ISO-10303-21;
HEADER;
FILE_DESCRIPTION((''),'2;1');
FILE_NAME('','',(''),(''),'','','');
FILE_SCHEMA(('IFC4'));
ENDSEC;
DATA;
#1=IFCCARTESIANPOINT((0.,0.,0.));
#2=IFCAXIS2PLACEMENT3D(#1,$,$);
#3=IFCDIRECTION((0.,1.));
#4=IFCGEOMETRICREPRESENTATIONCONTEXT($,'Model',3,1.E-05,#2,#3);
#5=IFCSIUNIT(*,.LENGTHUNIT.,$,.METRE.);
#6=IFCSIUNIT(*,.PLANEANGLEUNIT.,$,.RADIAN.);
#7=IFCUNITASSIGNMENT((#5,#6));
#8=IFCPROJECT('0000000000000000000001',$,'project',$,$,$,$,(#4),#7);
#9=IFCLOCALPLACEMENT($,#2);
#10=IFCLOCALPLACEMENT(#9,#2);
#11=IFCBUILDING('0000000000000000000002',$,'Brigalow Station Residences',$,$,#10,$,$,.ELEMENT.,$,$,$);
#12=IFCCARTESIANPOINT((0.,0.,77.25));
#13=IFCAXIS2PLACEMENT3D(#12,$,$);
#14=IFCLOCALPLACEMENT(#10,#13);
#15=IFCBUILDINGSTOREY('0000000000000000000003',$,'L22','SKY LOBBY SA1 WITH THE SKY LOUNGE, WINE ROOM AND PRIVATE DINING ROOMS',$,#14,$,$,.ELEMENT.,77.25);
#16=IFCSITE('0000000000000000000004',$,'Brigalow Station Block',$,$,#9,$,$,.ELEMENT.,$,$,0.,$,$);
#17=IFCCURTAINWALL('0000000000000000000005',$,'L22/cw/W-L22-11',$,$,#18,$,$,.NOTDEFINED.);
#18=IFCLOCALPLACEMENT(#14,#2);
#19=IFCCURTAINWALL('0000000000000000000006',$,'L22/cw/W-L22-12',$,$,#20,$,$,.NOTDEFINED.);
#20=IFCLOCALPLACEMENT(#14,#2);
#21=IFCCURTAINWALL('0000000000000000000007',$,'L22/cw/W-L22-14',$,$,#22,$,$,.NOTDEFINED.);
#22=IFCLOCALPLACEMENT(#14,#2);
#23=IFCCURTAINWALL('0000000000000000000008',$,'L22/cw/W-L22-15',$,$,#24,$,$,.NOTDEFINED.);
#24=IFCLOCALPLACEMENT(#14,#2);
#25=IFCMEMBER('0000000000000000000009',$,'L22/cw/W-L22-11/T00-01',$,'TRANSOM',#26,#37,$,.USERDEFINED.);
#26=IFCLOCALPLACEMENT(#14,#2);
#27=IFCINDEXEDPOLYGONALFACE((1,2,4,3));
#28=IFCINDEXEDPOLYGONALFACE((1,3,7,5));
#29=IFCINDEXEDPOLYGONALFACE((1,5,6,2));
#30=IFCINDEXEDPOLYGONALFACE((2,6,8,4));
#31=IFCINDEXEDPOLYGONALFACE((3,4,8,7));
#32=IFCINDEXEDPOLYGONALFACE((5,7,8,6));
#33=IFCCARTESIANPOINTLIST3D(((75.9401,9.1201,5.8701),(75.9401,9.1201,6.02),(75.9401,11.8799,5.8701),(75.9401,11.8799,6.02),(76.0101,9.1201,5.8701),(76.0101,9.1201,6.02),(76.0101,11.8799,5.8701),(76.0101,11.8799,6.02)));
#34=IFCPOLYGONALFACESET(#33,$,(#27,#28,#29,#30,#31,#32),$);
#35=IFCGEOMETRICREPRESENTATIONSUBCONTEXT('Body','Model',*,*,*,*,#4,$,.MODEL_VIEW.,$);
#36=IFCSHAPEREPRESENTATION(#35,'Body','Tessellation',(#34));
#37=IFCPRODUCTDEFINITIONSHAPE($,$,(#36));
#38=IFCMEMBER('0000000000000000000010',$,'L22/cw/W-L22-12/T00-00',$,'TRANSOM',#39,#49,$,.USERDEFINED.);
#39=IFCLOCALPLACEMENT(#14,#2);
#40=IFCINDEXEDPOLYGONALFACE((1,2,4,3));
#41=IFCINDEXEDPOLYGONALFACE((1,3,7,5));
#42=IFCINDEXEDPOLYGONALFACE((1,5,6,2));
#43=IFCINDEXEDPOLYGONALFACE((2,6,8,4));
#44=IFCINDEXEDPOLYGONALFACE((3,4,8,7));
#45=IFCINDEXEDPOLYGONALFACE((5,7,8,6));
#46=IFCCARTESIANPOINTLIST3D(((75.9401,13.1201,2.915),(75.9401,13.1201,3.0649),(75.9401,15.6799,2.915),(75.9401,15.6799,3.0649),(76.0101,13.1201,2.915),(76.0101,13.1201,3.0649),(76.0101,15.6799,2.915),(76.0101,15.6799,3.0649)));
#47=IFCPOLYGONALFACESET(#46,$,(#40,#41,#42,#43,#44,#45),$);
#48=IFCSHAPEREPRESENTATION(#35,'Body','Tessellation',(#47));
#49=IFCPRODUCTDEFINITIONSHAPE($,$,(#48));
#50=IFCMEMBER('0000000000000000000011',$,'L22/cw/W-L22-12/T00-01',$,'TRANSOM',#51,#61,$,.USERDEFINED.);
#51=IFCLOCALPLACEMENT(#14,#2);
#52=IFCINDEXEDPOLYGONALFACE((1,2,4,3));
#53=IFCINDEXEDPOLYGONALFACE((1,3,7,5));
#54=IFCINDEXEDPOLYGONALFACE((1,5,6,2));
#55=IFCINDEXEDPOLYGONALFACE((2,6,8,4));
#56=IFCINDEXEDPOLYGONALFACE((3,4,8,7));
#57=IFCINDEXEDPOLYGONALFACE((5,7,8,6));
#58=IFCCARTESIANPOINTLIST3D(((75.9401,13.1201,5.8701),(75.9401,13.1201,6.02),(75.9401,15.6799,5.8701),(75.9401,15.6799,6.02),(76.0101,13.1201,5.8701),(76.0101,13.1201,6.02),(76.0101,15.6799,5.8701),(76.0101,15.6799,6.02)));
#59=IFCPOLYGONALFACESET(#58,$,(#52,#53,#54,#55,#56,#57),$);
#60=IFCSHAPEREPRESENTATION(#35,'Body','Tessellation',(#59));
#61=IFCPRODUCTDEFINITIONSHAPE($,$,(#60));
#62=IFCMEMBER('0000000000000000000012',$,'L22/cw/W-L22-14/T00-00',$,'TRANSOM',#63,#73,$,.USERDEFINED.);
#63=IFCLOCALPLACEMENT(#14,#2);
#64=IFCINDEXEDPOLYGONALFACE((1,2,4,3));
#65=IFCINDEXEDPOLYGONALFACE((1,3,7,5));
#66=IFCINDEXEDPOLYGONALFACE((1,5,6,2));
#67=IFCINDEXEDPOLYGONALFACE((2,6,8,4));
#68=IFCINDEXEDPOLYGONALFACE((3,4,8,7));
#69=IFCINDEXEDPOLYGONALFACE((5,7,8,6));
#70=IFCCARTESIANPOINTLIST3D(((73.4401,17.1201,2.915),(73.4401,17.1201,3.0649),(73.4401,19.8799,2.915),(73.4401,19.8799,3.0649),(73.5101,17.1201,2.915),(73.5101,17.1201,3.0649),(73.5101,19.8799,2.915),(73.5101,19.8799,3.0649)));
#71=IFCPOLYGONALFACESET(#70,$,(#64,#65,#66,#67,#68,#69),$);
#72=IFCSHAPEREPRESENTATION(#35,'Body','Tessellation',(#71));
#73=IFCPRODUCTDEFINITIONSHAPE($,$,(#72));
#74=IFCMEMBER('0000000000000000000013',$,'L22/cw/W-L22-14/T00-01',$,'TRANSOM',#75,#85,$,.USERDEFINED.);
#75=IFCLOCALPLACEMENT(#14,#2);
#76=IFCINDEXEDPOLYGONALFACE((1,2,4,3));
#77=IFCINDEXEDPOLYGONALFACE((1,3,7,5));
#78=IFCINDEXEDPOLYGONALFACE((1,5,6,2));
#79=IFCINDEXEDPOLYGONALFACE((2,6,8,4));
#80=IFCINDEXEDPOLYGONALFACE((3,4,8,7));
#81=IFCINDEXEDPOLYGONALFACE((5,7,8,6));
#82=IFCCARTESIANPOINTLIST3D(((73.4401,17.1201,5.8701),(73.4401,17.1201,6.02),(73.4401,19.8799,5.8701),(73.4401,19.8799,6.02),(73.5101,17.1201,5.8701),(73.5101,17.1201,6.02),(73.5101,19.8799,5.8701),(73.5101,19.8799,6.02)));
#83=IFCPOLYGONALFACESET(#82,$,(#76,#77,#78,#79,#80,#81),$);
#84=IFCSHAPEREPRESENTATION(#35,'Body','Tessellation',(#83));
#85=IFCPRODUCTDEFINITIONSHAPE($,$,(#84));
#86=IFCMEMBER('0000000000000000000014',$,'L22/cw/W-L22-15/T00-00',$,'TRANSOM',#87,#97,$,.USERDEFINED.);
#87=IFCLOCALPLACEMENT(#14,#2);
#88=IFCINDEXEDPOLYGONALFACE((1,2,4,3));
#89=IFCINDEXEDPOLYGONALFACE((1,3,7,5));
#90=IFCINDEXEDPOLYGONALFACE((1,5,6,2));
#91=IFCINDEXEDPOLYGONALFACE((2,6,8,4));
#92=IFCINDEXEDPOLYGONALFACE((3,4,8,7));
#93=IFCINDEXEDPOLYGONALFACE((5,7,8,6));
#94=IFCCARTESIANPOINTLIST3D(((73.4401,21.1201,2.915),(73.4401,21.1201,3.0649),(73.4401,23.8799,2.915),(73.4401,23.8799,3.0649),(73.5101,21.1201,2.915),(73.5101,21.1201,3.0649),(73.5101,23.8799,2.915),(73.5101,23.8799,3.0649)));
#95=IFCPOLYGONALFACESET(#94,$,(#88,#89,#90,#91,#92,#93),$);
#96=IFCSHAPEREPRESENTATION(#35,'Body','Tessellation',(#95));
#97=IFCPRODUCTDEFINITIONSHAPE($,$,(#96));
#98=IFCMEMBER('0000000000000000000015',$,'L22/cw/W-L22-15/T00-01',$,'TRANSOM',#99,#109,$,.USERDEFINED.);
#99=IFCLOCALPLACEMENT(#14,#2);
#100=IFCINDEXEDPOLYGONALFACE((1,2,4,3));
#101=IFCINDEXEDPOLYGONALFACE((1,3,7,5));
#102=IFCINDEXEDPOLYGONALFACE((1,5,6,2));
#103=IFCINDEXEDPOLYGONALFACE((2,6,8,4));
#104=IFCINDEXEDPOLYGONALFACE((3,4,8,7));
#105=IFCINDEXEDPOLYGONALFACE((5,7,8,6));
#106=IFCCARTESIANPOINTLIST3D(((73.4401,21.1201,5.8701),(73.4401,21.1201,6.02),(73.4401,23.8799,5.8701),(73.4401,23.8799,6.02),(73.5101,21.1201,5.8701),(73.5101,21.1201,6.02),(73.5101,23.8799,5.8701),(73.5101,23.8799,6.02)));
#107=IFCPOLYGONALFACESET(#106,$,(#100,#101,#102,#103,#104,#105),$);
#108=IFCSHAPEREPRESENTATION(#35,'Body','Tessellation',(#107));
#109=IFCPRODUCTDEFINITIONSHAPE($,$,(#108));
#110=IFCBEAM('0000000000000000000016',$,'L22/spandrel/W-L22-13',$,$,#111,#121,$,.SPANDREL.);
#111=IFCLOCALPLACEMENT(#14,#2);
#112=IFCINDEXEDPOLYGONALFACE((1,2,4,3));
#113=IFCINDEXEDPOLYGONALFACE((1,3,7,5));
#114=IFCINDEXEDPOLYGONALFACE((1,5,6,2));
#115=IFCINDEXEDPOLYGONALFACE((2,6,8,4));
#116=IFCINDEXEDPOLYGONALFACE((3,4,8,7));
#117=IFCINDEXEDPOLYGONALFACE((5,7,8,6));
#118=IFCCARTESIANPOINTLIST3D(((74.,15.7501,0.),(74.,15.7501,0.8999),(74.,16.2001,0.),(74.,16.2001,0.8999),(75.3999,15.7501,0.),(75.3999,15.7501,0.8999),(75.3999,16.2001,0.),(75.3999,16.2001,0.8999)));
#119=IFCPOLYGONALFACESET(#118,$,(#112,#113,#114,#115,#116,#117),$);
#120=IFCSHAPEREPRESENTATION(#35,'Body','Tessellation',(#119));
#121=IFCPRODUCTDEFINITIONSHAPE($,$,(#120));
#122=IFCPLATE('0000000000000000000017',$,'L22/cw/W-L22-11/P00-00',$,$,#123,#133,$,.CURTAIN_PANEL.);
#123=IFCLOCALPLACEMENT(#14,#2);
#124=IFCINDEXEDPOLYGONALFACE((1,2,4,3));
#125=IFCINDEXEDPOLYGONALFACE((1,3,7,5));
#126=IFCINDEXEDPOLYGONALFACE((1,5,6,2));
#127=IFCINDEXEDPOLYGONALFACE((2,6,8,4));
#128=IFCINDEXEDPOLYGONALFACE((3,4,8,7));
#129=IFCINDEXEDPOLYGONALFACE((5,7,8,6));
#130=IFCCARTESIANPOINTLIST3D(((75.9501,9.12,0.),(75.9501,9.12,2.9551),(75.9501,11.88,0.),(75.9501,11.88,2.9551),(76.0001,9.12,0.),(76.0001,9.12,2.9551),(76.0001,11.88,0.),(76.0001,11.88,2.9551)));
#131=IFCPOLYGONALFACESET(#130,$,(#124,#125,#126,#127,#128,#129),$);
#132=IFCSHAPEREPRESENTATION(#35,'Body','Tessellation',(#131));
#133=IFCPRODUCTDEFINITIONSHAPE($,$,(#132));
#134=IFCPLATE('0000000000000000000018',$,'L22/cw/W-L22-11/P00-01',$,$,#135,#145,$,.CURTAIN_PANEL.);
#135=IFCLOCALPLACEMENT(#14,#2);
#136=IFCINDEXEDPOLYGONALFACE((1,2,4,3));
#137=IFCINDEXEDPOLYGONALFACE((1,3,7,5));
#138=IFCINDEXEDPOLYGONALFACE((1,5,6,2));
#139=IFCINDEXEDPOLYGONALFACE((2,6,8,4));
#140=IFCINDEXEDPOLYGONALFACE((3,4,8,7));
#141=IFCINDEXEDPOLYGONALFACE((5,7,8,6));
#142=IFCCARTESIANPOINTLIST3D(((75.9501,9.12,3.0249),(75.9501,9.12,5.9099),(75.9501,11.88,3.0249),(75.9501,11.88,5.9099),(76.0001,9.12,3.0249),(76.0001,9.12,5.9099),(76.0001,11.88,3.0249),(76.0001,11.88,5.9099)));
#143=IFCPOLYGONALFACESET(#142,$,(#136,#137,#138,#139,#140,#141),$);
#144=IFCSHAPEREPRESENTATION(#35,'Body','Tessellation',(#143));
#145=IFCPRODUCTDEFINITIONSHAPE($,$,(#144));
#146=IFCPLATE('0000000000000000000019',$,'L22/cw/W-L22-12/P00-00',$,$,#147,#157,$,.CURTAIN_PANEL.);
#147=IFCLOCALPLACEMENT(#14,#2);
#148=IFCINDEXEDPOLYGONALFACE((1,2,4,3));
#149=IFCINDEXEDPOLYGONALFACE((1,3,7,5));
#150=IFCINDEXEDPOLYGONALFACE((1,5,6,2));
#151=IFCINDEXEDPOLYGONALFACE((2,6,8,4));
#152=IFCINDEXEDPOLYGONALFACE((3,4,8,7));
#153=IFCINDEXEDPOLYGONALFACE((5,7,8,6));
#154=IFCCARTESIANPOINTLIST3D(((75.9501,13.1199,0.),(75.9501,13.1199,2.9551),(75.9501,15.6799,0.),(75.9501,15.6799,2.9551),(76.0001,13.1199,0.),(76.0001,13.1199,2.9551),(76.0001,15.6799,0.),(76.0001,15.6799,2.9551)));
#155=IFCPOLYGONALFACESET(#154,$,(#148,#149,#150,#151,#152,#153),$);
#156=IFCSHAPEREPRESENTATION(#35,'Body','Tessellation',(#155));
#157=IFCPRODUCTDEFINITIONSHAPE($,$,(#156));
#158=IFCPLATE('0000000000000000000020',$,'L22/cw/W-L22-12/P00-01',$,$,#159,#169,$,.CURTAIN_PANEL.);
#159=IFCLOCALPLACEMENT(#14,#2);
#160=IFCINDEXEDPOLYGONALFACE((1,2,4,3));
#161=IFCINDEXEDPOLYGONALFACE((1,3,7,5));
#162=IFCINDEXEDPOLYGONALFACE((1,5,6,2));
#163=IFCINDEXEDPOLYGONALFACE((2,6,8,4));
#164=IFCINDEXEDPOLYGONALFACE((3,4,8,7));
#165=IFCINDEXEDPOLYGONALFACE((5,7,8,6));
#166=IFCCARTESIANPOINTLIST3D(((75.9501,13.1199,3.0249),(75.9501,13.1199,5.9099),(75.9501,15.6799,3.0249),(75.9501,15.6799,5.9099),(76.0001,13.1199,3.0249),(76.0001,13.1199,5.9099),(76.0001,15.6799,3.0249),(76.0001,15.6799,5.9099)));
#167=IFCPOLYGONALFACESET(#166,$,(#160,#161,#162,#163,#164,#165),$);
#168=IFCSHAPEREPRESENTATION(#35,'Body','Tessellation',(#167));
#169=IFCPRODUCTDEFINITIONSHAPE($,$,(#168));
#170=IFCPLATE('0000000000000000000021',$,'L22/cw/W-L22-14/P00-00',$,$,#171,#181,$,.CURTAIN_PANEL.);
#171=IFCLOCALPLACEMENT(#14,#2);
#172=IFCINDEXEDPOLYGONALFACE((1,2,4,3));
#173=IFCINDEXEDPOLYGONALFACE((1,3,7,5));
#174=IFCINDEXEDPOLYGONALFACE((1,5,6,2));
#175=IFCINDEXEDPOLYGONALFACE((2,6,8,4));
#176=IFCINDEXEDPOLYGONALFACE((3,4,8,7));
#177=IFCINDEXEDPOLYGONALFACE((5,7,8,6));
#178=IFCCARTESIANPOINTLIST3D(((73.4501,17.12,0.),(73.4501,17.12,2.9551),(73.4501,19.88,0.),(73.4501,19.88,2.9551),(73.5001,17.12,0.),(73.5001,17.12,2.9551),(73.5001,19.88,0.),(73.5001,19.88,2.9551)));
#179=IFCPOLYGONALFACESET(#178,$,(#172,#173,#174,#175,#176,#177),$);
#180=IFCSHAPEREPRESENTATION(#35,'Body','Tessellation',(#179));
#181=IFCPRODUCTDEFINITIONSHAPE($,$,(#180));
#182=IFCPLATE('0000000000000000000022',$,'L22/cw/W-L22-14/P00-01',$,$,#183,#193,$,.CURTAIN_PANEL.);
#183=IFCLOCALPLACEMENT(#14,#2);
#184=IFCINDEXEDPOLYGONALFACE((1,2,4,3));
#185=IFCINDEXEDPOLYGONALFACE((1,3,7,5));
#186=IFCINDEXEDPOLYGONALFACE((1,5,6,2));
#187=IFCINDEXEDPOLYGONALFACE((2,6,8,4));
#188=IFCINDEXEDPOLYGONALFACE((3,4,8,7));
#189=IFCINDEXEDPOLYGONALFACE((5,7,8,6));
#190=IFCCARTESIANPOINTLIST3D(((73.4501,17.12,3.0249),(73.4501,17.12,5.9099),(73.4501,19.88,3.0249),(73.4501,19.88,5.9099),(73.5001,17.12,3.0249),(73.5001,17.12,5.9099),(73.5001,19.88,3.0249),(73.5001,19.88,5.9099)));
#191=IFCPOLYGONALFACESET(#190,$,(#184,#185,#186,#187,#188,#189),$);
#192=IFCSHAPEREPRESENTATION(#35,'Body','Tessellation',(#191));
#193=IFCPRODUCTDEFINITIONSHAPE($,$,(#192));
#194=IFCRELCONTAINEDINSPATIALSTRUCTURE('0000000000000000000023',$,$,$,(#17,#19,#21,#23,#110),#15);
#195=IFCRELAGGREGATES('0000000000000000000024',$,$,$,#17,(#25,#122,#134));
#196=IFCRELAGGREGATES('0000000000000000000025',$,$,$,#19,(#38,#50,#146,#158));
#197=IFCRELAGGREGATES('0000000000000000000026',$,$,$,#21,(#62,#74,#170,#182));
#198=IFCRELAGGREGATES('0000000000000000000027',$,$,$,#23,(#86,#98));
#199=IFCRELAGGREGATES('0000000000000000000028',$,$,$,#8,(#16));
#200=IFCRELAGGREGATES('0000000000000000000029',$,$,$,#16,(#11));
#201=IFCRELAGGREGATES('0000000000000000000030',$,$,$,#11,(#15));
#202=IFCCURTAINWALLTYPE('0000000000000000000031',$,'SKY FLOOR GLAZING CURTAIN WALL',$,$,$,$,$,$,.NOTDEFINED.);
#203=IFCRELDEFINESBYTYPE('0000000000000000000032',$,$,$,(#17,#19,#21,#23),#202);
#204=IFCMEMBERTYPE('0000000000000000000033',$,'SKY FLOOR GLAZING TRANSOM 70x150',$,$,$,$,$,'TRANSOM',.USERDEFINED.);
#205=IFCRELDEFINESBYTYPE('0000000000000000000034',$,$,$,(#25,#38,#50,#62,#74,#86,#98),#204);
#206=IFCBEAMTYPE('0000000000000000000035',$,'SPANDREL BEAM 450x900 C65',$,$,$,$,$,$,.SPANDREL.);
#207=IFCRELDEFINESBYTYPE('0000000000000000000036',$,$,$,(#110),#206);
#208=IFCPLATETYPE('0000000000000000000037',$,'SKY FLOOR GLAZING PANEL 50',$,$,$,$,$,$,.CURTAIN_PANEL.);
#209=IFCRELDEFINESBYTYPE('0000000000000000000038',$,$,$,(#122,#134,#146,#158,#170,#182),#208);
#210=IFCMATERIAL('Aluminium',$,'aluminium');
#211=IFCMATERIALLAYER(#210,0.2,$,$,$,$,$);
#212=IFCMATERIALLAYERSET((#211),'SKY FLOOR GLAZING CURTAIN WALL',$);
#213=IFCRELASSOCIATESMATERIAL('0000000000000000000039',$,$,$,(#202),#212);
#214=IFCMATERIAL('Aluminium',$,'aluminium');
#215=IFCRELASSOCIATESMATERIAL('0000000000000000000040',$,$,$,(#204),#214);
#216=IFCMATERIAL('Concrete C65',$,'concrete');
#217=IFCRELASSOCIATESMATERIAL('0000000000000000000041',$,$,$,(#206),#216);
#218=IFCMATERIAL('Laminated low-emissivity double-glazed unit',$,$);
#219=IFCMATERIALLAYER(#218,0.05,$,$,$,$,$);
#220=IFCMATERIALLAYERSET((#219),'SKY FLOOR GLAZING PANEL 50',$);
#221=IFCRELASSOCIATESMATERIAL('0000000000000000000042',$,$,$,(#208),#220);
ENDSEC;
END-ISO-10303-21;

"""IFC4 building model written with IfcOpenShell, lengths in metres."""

from ifc_helpers import new_model, si_unit, direction, frame, origin, origin_2d, place, context, subcontext, project, spatial, rectangle, extrude, material, layer, layer_set, material_profile, profile_set, type_object, element, aggregate, save


model = new_model("IFC4")

# Units and contexts
model_context = context("Model", 3, precision=1e-05, world=origin(), true_north=direction((0.0, 1.0)))
body_context = subcontext(model_context, "Body", "Model", "MODEL_VIEW")
ifc_project = project(units=[si_unit("LENGTHUNIT", "METRE"), si_unit("PLANEANGLEUNIT", "RADIAN")], contexts=[model_context])

# Site, building, storey
site_placement = place(None, origin())
site = spatial("IfcSite", under=ifc_project, at=site_placement, Name="Brigalow Station Block", CompositionType="ELEMENT", RefElevation=0.0)
building_placement = place(site_placement, origin())
building = spatial("IfcBuilding", under=site, at=building_placement, Name="Brigalow Station Residences", CompositionType="ELEMENT")
storey_placement = place(building_placement, frame((0.0, 0.0, 77.25)))
storey = spatial("IfcBuildingStorey", under=building, at=storey_placement, Name="L22", Description="SKY LOBBY SA1 WITH THE SKY LOUNGE, WINE ROOM AND PRIVATE DINING ROOMS", CompositionType="ELEMENT", Elevation=77.25)

# Shared definitions
ifc_material_1 = material(Name="Aluminium", Category="aluminium")
ifc_layer_1 = layer(ifc_material_1, 0.2)
ifc_layer_set_1 = layer_set([ifc_layer_1], Name="SKY FLOOR GLAZING CURTAIN WALL")
curtain_wall_type = type_object("IfcCurtainWallType", Name="SKY FLOOR GLAZING CURTAIN WALL", PredefinedType="NOTDEFINED", material=ifc_layer_set_1)

# Curtain walls
curtain_wall_1_placement = place(storey_placement, origin())
curtain_wall_1 = element("IfcCurtainWall", 1, at=curtain_wall_1_placement, inside=storey, type_object=curtain_wall_type, Name="L22/cw/W-L22-11", PredefinedType="NOTDEFINED")
curtain_wall_2_placement = place(storey_placement, origin())
curtain_wall_2 = element("IfcCurtainWall", 2, at=curtain_wall_2_placement, inside=storey, type_object=curtain_wall_type, Name="L22/cw/W-L22-12", PredefinedType="NOTDEFINED")
curtain_wall_3_placement = place(storey_placement, origin())
curtain_wall_3 = element("IfcCurtainWall", 3, at=curtain_wall_3_placement, inside=storey, type_object=curtain_wall_type, Name="L22/cw/W-L22-14", PredefinedType="NOTDEFINED")

# Curtain wall
curtain_wall_4_placement = place(storey_placement, origin())
curtain_wall_4 = element("IfcCurtainWall", 4, at=curtain_wall_4_placement, inside=storey, type_object=curtain_wall_type, Name="L22/cw/W-L22-15", PredefinedType="NOTDEFINED")

# Members
ifc_material_2 = material(Name="Aluminium", Category="aluminium")
ifc_material_profile_1 = material_profile(ifc_material_2, rectangle(XDim=0.0701, YDim=0.1499, at=origin_2d()), Name="SKY FLOOR GLAZING TRANSOM 70x150")
ifc_profile_set_1 = profile_set([ifc_material_profile_1], Name="Aluminium")
member_type_1 = type_object("IfcMemberType", Name="SKY FLOOR GLAZING TRANSOM 70x150", ElementType="TRANSOM", PredefinedType="USERDEFINED", material=ifc_profile_set_1)
member_1_placement = place(storey_placement, frame((75.9751, 9.1201, 5.9451), z_axis=(0.0, 1.0, 0.0), x_axis=(-1.0, 0.0, 0.0)))
member_1 = element("IfcMember", 5, at=member_1_placement, type_object=member_type_1, Name="L22/cw/W-L22-11/T00-01", ObjectType="TRANSOM", PredefinedType="USERDEFINED", context=body_context, shape_type="SweptSolid", body=[
    extrude(rectangle(XDim=0.0701, YDim=0.1499, at=origin_2d()), origin(), (0.0, 0.0, 1.0), 2.7598),
])
member_2_placement = place(storey_placement, frame((75.9751, 13.1201, 2.99), z_axis=(0.0, 1.0, 0.0), x_axis=(-1.0, 0.0, 0.0)))
member_2 = element("IfcMember", 6, at=member_2_placement, type_object=member_type_1, Name="L22/cw/W-L22-12/T00-00", ObjectType="TRANSOM", PredefinedType="USERDEFINED", context=body_context, shape_type="SweptSolid", body=[
    extrude(rectangle(XDim=0.0701, YDim=0.1499, at=origin_2d()), origin(), (0.0, 0.0, 1.0), 2.5598),
])
member_3_placement = place(storey_placement, frame((75.9751, 13.1201, 5.9451), z_axis=(0.0, 1.0, 0.0), x_axis=(-1.0, 0.0, 0.0)))
member_3 = element("IfcMember", 7, at=member_3_placement, type_object=member_type_1, Name="L22/cw/W-L22-12/T00-01", ObjectType="TRANSOM", PredefinedType="USERDEFINED", context=body_context, shape_type="SweptSolid", body=[
    extrude(rectangle(XDim=0.0701, YDim=0.1499, at=origin_2d()), origin(), (0.0, 0.0, 1.0), 2.5598),
])
member_4_placement = place(storey_placement, frame((73.4751, 17.1201, 2.99), z_axis=(0.0, 1.0, 0.0), x_axis=(-1.0, 0.0, 0.0)))
member_4 = element("IfcMember", 8, at=member_4_placement, type_object=member_type_1, Name="L22/cw/W-L22-14/T00-00", ObjectType="TRANSOM", PredefinedType="USERDEFINED", context=body_context, shape_type="SweptSolid", body=[
    extrude(rectangle(XDim=0.0701, YDim=0.1499, at=origin_2d()), origin(), (0.0, 0.0, 1.0), 2.7598),
])
member_5_placement = place(storey_placement, frame((73.4751, 17.1201, 5.9451), z_axis=(0.0, 1.0, 0.0), x_axis=(-1.0, 0.0, 0.0)))
member_5 = element("IfcMember", 9, at=member_5_placement, type_object=member_type_1, Name="L22/cw/W-L22-14/T00-01", ObjectType="TRANSOM", PredefinedType="USERDEFINED", context=body_context, shape_type="SweptSolid", body=[
    extrude(rectangle(XDim=0.0701, YDim=0.1499, at=origin_2d()), origin(), (0.0, 0.0, 1.0), 2.7598),
])
member_6_placement = place(storey_placement, frame((73.4751, 21.1201, 2.99), z_axis=(0.0, 1.0, 0.0), x_axis=(-1.0, 0.0, 0.0)))
member_6 = element("IfcMember", 10, at=member_6_placement, type_object=member_type_1, Name="L22/cw/W-L22-15/T00-00", ObjectType="TRANSOM", PredefinedType="USERDEFINED", context=body_context, shape_type="SweptSolid", body=[
    extrude(rectangle(XDim=0.0701, YDim=0.1499, at=origin_2d()), origin(), (0.0, 0.0, 1.0), 2.7598),
])
member_7_placement = place(storey_placement, frame((73.4751, 21.1201, 5.9451), z_axis=(0.0, 1.0, 0.0), x_axis=(-1.0, 0.0, 0.0)))
member_7 = element("IfcMember", 11, at=member_7_placement, type_object=member_type_1, Name="L22/cw/W-L22-15/T00-01", ObjectType="TRANSOM", PredefinedType="USERDEFINED", context=body_context, shape_type="SweptSolid", body=[
    extrude(rectangle(XDim=0.0701, YDim=0.1499, at=origin_2d()), origin(), (0.0, 0.0, 1.0), 2.7598),
])

# Beam
ifc_material_3 = material(Name="Concrete C65", Category="concrete")
ifc_material_profile_2 = material_profile(ifc_material_3, rectangle(XDim=0.45, YDim=0.8999, at=origin_2d()), Name="RC450x900")
ifc_profile_set_2 = profile_set([ifc_material_profile_2], Name="Concrete C65")
beam_type = type_object("IfcBeamType", Name="SPANDREL BEAM 450x900 C65", PredefinedType="SPANDREL", material=ifc_profile_set_2)
beam_placement = place(storey_placement, frame((75.3999, 15.9751, 0.45), z_axis=(-1.0, 0.0, 0.0), x_axis=(0.0, -1.0, 0.0)))
element("IfcBeam", 12, at=beam_placement, inside=storey, type_object=beam_type, Name="L22/spandrel/W-L22-13", PredefinedType="SPANDREL", context=body_context, shape_type="SweptSolid", body=[
    extrude(rectangle(XDim=0.45, YDim=0.8999, at=origin_2d()), origin(), (0.0, 0.0, 1.0), 1.3999),
])

# Plates
ifc_material_4 = material(Name="Laminated low-emissivity double-glazed unit")
ifc_layer_2 = layer(ifc_material_4, 0.05)
ifc_layer_set_2 = layer_set([ifc_layer_2], Name="SKY FLOOR GLAZING PANEL 50")
plate_type = type_object("IfcPlateType", Name="SKY FLOOR GLAZING PANEL 50", PredefinedType="CURTAIN_PANEL", material=ifc_layer_set_2)
plate_1_placement = place(storey_placement, frame((75.9751, 10.5, 0.0), z_axis=(0.0, 0.0, 1.0), x_axis=(0.0, 1.0, 0.0)))
plate_1 = element("IfcPlate", 13, at=plate_1_placement, type_object=plate_type, Name="L22/cw/W-L22-11/P00-00", PredefinedType="CURTAIN_PANEL", context=body_context, shape_type="SweptSolid", body=[
    extrude(rectangle(XDim=2.76, YDim=0.05, at=origin_2d()), origin(), (0.0, 0.0, 1.0), 2.9551),
])
plate_2_placement = place(storey_placement, frame((75.9751, 10.5, 3.0249), z_axis=(0.0, 0.0, 1.0), x_axis=(0.0, 1.0, 0.0)))
plate_2 = element("IfcPlate", 14, at=plate_2_placement, type_object=plate_type, Name="L22/cw/W-L22-11/P00-01", PredefinedType="CURTAIN_PANEL", context=body_context, shape_type="SweptSolid", body=[
    extrude(rectangle(XDim=2.76, YDim=0.05, at=origin_2d()), origin(), (0.0, 0.0, 1.0), 2.885),
])
aggregate(curtain_wall_1, [member_1, plate_1, plate_2])
plate_3_placement = place(storey_placement, frame((75.9751, 14.3999, 0.0), z_axis=(0.0, 0.0, 1.0), x_axis=(0.0, 1.0, 0.0)))
plate_3 = element("IfcPlate", 15, at=plate_3_placement, type_object=plate_type, Name="L22/cw/W-L22-12/P00-00", PredefinedType="CURTAIN_PANEL", context=body_context, shape_type="SweptSolid", body=[
    extrude(rectangle(XDim=2.5601, YDim=0.05, at=origin_2d()), origin(), (0.0, 0.0, 1.0), 2.9551),
])
plate_4_placement = place(storey_placement, frame((75.9751, 14.3999, 3.0249), z_axis=(0.0, 0.0, 1.0), x_axis=(0.0, 1.0, 0.0)))
plate_4 = element("IfcPlate", 16, at=plate_4_placement, type_object=plate_type, Name="L22/cw/W-L22-12/P00-01", PredefinedType="CURTAIN_PANEL", context=body_context, shape_type="SweptSolid", body=[
    extrude(rectangle(XDim=2.5601, YDim=0.05, at=origin_2d()), origin(), (0.0, 0.0, 1.0), 2.885),
])
aggregate(curtain_wall_2, [member_2, member_3, plate_3, plate_4])
plate_5_placement = place(storey_placement, frame((73.4751, 18.5, 0.0), z_axis=(0.0, 0.0, 1.0), x_axis=(0.0, 1.0, 0.0)))
plate_5 = element("IfcPlate", 17, at=plate_5_placement, type_object=plate_type, Name="L22/cw/W-L22-14/P00-00", PredefinedType="CURTAIN_PANEL", context=body_context, shape_type="SweptSolid", body=[
    extrude(rectangle(XDim=2.76, YDim=0.05, at=origin_2d()), origin(), (0.0, 0.0, 1.0), 2.9551),
])
plate_6_placement = place(storey_placement, frame((73.4751, 18.5, 3.0249), z_axis=(0.0, 0.0, 1.0), x_axis=(0.0, 1.0, 0.0)))
plate_6 = element("IfcPlate", 18, at=plate_6_placement, type_object=plate_type, Name="L22/cw/W-L22-14/P00-01", PredefinedType="CURTAIN_PANEL", context=body_context, shape_type="SweptSolid", body=[
    extrude(rectangle(XDim=2.76, YDim=0.05, at=origin_2d()), origin(), (0.0, 0.0, 1.0), 2.885),
])
aggregate(curtain_wall_3, [member_4, member_5, plate_5, plate_6])
aggregate(curtain_wall_4, [member_6, member_7])

save(model, "model.ifc")
